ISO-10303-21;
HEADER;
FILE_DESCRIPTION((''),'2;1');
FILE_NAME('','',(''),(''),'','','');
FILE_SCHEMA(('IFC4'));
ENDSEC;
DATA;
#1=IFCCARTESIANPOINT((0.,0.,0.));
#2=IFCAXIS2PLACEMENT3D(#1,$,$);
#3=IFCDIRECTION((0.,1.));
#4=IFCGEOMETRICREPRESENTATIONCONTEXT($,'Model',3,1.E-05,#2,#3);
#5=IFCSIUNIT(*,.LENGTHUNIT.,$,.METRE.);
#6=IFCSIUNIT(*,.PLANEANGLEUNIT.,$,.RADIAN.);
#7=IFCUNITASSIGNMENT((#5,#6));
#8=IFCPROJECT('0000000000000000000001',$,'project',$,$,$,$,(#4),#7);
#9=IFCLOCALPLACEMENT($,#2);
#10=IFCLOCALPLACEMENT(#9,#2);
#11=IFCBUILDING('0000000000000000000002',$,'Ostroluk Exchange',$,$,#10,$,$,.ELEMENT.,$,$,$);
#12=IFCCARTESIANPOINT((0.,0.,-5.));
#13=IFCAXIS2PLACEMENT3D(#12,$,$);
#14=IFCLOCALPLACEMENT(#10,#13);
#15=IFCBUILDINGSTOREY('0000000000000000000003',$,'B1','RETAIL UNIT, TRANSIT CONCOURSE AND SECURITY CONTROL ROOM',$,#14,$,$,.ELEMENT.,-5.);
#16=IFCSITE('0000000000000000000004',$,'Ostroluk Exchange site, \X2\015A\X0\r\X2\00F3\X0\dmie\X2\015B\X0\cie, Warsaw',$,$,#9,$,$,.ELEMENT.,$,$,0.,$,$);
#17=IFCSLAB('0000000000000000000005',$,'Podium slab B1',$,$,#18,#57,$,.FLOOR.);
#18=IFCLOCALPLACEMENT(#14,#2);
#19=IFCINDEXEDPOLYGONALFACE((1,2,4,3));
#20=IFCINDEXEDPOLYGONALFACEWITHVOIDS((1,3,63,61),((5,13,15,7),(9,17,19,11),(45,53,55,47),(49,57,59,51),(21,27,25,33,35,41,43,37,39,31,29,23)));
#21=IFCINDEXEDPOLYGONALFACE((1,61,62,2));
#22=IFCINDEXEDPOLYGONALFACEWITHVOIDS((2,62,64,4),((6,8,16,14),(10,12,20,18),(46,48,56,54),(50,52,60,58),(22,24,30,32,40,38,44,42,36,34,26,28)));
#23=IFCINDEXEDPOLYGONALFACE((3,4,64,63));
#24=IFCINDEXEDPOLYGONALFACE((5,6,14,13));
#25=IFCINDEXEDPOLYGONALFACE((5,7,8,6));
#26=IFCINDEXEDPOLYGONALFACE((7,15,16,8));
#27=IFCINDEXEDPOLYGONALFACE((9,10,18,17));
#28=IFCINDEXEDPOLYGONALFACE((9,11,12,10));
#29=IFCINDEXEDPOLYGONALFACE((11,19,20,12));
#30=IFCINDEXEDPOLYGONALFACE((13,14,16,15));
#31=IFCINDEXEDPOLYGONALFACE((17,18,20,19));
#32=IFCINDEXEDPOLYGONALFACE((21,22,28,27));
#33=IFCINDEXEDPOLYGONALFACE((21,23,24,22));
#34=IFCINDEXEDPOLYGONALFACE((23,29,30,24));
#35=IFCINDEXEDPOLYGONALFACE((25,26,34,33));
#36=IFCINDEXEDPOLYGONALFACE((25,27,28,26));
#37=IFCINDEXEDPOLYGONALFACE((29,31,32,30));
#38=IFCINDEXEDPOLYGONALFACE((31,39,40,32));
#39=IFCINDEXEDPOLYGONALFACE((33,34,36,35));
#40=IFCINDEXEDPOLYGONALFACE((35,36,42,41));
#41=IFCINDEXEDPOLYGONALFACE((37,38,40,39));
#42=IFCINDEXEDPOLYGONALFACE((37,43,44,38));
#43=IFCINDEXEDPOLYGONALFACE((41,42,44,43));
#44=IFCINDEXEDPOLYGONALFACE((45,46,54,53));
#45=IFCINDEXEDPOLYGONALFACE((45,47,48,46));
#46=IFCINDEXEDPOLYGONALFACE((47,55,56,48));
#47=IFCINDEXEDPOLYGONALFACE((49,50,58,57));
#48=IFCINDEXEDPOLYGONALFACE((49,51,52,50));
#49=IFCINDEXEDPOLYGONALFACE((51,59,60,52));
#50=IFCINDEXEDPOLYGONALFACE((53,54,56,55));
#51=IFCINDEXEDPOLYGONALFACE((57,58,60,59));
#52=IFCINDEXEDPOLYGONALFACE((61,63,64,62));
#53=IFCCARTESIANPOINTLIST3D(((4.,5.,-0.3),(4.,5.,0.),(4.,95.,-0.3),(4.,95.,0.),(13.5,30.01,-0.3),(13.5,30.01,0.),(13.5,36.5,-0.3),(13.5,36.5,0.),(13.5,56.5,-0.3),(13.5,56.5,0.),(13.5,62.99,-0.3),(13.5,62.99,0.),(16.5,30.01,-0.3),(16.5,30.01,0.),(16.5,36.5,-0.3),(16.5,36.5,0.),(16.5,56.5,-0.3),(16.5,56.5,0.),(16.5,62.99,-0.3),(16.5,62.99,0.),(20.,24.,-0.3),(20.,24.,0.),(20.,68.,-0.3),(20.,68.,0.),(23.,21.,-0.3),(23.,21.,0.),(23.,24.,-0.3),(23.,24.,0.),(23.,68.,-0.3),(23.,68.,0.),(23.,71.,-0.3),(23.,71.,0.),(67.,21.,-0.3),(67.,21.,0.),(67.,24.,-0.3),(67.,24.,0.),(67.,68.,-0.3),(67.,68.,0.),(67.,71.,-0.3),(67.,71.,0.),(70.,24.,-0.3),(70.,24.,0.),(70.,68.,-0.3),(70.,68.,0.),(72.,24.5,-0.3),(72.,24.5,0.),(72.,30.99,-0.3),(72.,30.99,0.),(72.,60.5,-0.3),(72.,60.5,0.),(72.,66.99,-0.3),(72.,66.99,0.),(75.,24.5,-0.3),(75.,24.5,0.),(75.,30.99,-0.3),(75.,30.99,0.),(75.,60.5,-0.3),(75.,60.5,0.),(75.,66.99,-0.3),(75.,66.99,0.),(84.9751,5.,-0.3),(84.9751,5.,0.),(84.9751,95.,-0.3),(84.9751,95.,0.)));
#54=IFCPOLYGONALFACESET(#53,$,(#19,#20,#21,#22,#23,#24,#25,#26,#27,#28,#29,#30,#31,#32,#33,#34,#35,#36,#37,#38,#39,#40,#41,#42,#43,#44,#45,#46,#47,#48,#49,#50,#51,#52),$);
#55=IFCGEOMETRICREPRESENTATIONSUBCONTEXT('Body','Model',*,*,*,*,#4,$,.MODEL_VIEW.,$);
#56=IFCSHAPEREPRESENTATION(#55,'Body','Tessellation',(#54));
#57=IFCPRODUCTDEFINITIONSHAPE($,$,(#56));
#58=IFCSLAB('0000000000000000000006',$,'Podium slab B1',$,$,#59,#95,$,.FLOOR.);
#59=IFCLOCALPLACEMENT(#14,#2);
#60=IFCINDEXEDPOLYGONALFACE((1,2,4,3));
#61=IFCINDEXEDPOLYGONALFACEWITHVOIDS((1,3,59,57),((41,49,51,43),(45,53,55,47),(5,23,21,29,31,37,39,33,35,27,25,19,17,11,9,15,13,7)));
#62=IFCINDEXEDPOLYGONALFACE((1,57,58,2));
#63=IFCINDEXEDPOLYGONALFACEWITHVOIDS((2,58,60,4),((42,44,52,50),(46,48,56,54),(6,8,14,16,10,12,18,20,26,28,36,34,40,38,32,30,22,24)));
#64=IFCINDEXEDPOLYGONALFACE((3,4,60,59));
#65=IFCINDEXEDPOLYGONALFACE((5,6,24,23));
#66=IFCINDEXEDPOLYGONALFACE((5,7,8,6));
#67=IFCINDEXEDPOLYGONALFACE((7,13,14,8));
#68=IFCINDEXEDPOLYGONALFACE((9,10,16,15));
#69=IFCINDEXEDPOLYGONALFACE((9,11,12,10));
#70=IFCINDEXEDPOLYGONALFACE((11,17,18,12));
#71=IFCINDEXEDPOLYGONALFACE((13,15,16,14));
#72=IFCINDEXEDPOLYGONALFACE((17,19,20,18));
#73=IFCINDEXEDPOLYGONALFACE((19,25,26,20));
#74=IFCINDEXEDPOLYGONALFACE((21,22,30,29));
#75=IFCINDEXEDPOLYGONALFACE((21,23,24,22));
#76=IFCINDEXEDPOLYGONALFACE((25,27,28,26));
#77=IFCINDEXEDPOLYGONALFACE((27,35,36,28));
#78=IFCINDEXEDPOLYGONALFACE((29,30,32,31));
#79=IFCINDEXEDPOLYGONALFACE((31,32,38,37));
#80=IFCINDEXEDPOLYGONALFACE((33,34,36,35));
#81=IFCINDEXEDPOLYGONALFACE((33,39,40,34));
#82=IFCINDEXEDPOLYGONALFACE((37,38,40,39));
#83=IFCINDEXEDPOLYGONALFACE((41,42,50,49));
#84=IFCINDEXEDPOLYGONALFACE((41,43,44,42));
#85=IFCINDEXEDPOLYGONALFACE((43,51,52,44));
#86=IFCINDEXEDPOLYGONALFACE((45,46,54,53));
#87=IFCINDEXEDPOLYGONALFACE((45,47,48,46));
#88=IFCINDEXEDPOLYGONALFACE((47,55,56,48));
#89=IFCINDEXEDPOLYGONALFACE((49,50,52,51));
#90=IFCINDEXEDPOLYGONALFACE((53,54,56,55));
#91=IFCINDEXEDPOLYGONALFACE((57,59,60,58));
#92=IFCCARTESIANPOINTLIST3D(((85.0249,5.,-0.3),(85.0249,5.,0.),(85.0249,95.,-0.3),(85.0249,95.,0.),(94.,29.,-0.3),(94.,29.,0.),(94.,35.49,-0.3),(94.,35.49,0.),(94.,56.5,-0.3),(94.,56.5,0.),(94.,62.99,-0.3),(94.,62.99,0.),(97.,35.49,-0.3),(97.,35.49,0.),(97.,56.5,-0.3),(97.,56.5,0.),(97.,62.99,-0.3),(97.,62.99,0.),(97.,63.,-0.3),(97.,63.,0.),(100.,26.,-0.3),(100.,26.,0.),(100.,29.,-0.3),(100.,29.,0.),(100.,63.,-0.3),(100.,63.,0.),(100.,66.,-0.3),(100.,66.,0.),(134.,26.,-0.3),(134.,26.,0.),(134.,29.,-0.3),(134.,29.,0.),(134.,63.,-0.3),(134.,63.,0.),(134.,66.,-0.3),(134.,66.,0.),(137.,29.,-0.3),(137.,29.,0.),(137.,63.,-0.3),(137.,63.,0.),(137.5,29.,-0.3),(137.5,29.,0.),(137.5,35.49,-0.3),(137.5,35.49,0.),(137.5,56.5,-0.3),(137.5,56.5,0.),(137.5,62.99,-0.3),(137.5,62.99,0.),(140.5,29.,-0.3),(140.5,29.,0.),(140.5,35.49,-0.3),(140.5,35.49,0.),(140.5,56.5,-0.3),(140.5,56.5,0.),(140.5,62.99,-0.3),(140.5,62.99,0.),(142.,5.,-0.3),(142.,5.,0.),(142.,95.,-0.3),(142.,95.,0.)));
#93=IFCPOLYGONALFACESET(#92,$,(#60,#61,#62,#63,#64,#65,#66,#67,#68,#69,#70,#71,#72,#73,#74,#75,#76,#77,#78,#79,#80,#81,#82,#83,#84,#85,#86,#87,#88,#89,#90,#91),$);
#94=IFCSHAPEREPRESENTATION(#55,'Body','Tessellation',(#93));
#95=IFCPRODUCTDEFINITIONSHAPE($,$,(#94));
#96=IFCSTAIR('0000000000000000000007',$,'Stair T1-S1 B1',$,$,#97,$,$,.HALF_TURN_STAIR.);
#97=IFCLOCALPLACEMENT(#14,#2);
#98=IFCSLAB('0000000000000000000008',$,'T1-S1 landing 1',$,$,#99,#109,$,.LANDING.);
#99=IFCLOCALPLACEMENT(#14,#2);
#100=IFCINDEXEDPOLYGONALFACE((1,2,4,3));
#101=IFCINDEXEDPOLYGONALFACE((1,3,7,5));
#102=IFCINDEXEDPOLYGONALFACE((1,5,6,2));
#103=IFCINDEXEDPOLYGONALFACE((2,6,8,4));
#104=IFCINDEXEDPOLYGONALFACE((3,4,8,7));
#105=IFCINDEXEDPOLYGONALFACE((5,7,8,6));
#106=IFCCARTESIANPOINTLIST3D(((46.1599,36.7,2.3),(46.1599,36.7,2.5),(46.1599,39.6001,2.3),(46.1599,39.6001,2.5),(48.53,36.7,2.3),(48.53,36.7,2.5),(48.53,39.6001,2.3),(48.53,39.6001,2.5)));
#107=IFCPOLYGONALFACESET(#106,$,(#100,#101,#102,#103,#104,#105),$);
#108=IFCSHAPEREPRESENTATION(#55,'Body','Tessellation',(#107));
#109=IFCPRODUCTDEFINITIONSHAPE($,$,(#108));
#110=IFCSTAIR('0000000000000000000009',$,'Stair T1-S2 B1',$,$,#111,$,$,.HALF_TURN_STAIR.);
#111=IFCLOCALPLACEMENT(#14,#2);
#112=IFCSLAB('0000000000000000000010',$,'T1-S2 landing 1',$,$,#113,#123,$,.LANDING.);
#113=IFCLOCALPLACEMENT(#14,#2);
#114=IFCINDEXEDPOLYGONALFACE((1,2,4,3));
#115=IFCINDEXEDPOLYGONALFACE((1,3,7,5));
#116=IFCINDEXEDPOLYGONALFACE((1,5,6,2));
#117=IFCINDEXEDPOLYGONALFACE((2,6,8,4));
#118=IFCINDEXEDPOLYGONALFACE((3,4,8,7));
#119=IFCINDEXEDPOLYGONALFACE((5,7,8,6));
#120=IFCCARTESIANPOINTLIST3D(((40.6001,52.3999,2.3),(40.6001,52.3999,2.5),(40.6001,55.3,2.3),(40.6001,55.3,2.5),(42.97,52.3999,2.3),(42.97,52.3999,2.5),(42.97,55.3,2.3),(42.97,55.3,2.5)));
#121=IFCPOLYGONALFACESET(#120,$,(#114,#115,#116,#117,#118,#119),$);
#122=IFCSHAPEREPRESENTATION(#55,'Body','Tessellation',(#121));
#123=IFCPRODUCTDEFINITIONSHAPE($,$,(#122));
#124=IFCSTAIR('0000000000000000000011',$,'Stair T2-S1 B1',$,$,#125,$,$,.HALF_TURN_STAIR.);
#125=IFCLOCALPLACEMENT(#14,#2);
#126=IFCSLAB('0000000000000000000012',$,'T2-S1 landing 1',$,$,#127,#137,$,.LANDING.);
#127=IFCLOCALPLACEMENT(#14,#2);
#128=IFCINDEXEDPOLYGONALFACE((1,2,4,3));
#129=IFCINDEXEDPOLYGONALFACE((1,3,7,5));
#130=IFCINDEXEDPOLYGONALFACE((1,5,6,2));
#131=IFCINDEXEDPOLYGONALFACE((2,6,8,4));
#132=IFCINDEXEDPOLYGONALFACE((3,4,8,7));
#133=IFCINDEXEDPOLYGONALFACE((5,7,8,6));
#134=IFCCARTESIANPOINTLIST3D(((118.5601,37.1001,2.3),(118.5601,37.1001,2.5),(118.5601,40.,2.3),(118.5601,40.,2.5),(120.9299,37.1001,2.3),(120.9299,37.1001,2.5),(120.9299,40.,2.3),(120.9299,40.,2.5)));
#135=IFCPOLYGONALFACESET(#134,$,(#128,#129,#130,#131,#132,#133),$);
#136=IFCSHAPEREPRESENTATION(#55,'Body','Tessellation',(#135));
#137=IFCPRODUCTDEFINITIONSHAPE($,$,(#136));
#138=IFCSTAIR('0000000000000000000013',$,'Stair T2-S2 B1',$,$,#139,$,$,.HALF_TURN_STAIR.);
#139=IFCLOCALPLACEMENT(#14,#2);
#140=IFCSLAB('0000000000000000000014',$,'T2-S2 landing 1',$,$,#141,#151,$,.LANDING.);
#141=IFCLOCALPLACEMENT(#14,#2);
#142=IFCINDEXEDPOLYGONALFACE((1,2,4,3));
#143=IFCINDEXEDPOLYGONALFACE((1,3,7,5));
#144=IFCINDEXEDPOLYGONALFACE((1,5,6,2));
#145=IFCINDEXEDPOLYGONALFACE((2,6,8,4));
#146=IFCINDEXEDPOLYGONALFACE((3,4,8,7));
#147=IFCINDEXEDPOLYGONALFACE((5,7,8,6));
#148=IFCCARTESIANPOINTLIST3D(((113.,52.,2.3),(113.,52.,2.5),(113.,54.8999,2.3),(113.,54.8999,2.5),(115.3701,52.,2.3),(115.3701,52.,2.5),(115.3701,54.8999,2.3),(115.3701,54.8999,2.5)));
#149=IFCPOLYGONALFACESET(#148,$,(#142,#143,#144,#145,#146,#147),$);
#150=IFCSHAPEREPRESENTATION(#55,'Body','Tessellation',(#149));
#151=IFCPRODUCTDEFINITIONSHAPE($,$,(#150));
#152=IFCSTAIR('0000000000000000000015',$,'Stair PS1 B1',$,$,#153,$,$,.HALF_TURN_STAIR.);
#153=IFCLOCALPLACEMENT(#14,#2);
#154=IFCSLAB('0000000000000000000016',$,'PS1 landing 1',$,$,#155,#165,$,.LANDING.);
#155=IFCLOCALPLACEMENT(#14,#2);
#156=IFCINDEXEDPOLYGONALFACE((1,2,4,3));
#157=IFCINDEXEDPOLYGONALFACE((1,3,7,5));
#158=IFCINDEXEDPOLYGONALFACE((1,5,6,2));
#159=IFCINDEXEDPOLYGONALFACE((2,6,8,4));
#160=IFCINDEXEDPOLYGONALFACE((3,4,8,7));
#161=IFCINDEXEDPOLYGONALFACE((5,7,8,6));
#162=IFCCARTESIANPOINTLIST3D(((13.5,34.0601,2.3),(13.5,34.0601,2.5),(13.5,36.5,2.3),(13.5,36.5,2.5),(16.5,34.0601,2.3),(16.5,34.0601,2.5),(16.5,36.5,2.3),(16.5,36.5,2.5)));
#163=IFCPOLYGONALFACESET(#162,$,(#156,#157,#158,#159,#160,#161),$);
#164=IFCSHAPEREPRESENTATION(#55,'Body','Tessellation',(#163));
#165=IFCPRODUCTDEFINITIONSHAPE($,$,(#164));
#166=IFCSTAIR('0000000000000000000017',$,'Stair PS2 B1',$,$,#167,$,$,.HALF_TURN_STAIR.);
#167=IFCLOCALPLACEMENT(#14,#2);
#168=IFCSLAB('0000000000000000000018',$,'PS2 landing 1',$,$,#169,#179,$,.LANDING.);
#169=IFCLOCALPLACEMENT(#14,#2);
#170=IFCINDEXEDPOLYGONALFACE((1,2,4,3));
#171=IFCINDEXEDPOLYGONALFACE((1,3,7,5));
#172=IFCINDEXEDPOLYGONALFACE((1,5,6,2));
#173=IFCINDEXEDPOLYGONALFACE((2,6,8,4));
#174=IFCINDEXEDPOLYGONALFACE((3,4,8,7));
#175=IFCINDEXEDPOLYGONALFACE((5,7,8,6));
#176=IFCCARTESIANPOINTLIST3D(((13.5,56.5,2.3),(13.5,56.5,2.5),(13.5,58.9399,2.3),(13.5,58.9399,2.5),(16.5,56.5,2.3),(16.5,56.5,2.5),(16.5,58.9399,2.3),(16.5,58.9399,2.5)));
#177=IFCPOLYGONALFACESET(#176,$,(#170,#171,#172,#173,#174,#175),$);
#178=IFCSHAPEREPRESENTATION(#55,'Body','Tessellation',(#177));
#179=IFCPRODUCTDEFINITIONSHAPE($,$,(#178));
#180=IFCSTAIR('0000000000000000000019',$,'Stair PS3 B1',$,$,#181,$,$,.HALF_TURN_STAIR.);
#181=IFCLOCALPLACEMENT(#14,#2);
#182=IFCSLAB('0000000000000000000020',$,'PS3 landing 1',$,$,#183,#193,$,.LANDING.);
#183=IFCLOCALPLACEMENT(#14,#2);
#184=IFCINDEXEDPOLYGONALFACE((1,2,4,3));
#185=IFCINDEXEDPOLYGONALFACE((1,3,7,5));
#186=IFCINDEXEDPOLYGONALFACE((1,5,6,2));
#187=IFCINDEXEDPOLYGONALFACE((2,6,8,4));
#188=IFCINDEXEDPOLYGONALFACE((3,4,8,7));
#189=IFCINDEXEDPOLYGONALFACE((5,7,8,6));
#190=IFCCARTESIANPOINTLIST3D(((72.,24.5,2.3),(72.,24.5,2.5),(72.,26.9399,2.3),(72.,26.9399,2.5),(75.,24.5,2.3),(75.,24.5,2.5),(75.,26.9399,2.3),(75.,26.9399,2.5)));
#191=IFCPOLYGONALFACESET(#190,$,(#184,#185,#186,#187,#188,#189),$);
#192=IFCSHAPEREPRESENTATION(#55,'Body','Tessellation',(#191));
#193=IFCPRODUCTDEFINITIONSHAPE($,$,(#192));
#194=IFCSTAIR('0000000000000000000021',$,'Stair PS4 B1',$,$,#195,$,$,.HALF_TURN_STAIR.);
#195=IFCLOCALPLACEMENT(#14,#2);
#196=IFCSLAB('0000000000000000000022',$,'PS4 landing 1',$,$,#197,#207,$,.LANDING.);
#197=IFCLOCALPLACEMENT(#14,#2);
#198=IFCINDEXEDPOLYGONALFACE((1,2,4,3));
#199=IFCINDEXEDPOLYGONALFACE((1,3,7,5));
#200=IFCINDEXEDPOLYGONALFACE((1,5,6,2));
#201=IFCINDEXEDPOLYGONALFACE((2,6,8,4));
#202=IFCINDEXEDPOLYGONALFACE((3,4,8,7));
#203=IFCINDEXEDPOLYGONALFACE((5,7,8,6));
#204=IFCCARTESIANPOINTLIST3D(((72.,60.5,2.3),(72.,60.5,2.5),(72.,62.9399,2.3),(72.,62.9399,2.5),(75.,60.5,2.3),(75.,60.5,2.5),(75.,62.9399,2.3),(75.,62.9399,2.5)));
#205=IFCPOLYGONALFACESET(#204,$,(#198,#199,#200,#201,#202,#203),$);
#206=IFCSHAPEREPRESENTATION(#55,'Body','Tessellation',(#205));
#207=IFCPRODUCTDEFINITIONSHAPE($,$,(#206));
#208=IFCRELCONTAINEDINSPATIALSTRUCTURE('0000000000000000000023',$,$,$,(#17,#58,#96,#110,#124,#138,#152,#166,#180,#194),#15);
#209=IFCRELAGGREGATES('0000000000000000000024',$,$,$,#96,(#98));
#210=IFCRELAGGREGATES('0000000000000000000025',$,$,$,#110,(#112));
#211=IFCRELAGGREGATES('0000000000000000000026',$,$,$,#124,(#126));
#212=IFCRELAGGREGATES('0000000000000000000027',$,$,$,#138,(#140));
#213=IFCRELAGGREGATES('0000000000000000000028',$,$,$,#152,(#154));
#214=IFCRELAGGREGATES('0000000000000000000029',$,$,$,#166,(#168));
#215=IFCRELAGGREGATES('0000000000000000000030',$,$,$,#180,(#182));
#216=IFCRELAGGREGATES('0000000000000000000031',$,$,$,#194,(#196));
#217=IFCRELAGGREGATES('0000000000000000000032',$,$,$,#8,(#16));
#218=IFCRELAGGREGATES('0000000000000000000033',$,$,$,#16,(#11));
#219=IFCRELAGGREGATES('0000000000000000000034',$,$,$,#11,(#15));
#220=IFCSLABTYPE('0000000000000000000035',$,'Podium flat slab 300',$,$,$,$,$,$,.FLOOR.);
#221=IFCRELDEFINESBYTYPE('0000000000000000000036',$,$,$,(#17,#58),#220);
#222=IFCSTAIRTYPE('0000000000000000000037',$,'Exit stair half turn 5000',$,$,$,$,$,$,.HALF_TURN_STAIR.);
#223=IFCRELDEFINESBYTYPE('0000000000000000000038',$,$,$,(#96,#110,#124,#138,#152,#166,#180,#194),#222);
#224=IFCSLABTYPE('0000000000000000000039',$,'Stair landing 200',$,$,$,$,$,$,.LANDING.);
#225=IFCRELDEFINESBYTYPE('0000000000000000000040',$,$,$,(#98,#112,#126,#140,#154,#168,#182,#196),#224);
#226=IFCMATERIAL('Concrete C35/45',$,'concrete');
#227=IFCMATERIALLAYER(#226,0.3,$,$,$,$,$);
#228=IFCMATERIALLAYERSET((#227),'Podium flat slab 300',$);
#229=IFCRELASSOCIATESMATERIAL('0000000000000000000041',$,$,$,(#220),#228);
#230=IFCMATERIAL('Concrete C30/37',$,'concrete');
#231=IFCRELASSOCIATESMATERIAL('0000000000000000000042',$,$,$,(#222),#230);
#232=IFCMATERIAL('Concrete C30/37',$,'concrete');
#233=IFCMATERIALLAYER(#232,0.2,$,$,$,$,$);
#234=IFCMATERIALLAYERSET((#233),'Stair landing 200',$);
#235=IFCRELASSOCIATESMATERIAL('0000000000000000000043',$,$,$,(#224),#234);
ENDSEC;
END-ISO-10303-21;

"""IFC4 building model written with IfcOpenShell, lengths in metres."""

from ifc_helpers import new_model, si_unit, direction, frame, origin, place, context, subcontext, project, spatial, polyline, outline, extrude, material, layer, layer_set, type_object, element, aggregate, save


model = new_model("IFC4")

# Units and contexts
model_context = context("Model", 3, precision=1e-05, world=origin(), true_north=direction((0.0, 1.0)))
body_context = subcontext(model_context, "Body", "Model", "MODEL_VIEW")
ifc_project = project(units=[si_unit("LENGTHUNIT", "METRE"), si_unit("PLANEANGLEUNIT", "RADIAN")], contexts=[model_context])

# Site, building, storey
site_placement = place(None, origin())
site = spatial("IfcSite", under=ifc_project, at=site_placement, Name="Ostroluk Exchange site, Śródmieście, Warsaw", CompositionType="ELEMENT", RefElevation=0.0)
building_placement = place(site_placement, origin())
building = spatial("IfcBuilding", under=site, at=building_placement, Name="Ostroluk Exchange", CompositionType="ELEMENT")
storey_placement = place(building_placement, frame((0.0, 0.0, -5.0)))
storey = spatial("IfcBuildingStorey", under=building, at=storey_placement, Name="B1", Description="RETAIL UNIT, TRANSIT CONCOURSE AND SECURITY CONTROL ROOM", CompositionType="ELEMENT", Elevation=-5.0)

# Slabs
ifc_material_1 = material(Name="Concrete C35/45", Category="concrete")
ifc_layer_1 = layer(ifc_material_1, 0.3)
ifc_layer_set_1 = layer_set([ifc_layer_1], Name="Podium flat slab 300")
slab_type_1 = type_object("IfcSlabType", Name="Podium flat slab 300", PredefinedType="FLOOR", material=ifc_layer_set_1)
slab_1_placement = place(storey_placement, frame((0.0, 0.0, -0.3)))
element("IfcSlab", 1, at=slab_1_placement, inside=storey, type_object=slab_type_1, Name="Podium slab B1", PredefinedType="FLOOR", context=body_context, shape_type="SweptSolid", body=[
    extrude(outline(polyline([(84.9751, 95.0), (84.9751, 5.0), (4.0, 5.0), (4.0, 95.0), (84.9751, 95.0)]), holes=[polyline([(23.0, 24.0), (23.0, 21.0), (67.0, 21.0), (67.0, 24.0), (70.0, 24.0), (70.0, 68.0), (67.0, 68.0), (67.0, 71.0), (23.0, 71.0), (23.0, 68.0), (20.0, 68.0), (20.0, 24.0), (23.0, 24.0)]), polyline([(16.5, 36.5), (13.5, 36.5), (13.5, 30.01), (16.5, 30.01), (16.5, 36.5)]), polyline([(16.5, 56.5), (16.5, 62.99), (13.5, 62.99), (13.5, 56.5), (16.5, 56.5)]), polyline([(72.0, 24.5), (75.0, 24.5), (75.0, 30.99), (72.0, 30.99), (72.0, 24.5)]), polyline([(72.0, 66.99), (72.0, 60.5), (75.0, 60.5), (75.0, 66.99), (72.0, 66.99)])]), origin(), (0.0, 0.0, 1.0), 0.3),
])
slab_2_placement = place(storey_placement, frame((0.0, 0.0, -0.3)))
element("IfcSlab", 2, at=slab_2_placement, inside=storey, type_object=slab_type_1, Name="Podium slab B1", PredefinedType="FLOOR", context=body_context, shape_type="SweptSolid", body=[
    extrude(outline(polyline([(142.0, 95.0), (142.0, 5.0), (85.0249, 5.0), (85.0249, 95.0), (142.0, 95.0)]), holes=[polyline([(97.0, 62.99), (94.0, 62.99), (94.0, 56.5), (97.0, 56.5), (97.0, 35.49), (94.0, 35.49), (94.0, 29.0), (100.0, 29.0), (100.0, 26.0), (134.0, 26.0), (134.0, 29.0), (137.0, 29.0), (137.0, 63.0), (134.0, 63.0), (134.0, 66.0), (100.0, 66.0), (100.0, 63.0), (97.0, 63.0), (97.0, 62.99)]), polyline([(137.5, 29.0), (140.5, 29.0), (140.5, 35.49), (137.5, 35.49), (137.5, 29.0)]), polyline([(137.5, 62.99), (137.5, 56.5), (140.5, 56.5), (140.5, 62.99), (137.5, 62.99)])]), origin(), (0.0, 0.0, 1.0), 0.3),
])

# Stairs, slabs
ifc_material_2 = material(Name="Concrete C30/37", Category="concrete")
stair_type = type_object("IfcStairType", Name="Exit stair half turn 5000", PredefinedType="HALF_TURN_STAIR", material=ifc_material_2)
stair_1_placement = place(storey_placement, origin())
stair_1 = element("IfcStair", 3, at=stair_1_placement, inside=storey, type_object=stair_type, Name="Stair T1-S1 B1", PredefinedType="HALF_TURN_STAIR")
ifc_material_3 = material(Name="Concrete C30/37", Category="concrete")
ifc_layer_2 = layer(ifc_material_3, 0.2)
ifc_layer_set_2 = layer_set([ifc_layer_2], Name="Stair landing 200")
slab_type_2 = type_object("IfcSlabType", Name="Stair landing 200", PredefinedType="LANDING", material=ifc_layer_set_2)
slab_3_placement = place(storey_placement, frame((0.0, 0.0, 2.3)))
slab_3 = element("IfcSlab", 4, at=slab_3_placement, type_object=slab_type_2, Name="T1-S1 landing 1", PredefinedType="LANDING", context=body_context, shape_type="SweptSolid", body=[
    extrude(outline(polyline([(46.1599, 36.7), (46.1599, 39.6001), (48.53, 39.6001), (48.53, 36.7), (46.1599, 36.7)])), origin(), (0.0, 0.0, 1.0), 0.2),
])
aggregate(stair_1, [slab_3])
stair_2_placement = place(storey_placement, origin())
stair_2 = element("IfcStair", 5, at=stair_2_placement, inside=storey, type_object=stair_type, Name="Stair T1-S2 B1", PredefinedType="HALF_TURN_STAIR")
slab_4_placement = place(storey_placement, frame((0.0, 0.0, 2.3)))
slab_4 = element("IfcSlab", 6, at=slab_4_placement, type_object=slab_type_2, Name="T1-S2 landing 1", PredefinedType="LANDING", context=body_context, shape_type="SweptSolid", body=[
    extrude(outline(polyline([(42.97, 52.3999), (42.97, 55.3), (40.6001, 55.3), (40.6001, 52.3999), (42.97, 52.3999)])), origin(), (0.0, 0.0, 1.0), 0.2),
])
aggregate(stair_2, [slab_4])
stair_3_placement = place(storey_placement, origin())
stair_3 = element("IfcStair", 7, at=stair_3_placement, inside=storey, type_object=stair_type, Name="Stair T2-S1 B1", PredefinedType="HALF_TURN_STAIR")
slab_5_placement = place(storey_placement, frame((0.0, 0.0, 2.3)))
slab_5 = element("IfcSlab", 8, at=slab_5_placement, type_object=slab_type_2, Name="T2-S1 landing 1", PredefinedType="LANDING", context=body_context, shape_type="SweptSolid", body=[
    extrude(outline(polyline([(118.5601, 37.1001), (118.5601, 40.0), (120.9299, 40.0), (120.9299, 37.1001), (118.5601, 37.1001)])), origin(), (0.0, 0.0, 1.0), 0.2),
])
aggregate(stair_3, [slab_5])
stair_4_placement = place(storey_placement, origin())
stair_4 = element("IfcStair", 9, at=stair_4_placement, inside=storey, type_object=stair_type, Name="Stair T2-S2 B1", PredefinedType="HALF_TURN_STAIR")
slab_6_placement = place(storey_placement, frame((0.0, 0.0, 2.3)))
slab_6 = element("IfcSlab", 10, at=slab_6_placement, type_object=slab_type_2, Name="T2-S2 landing 1", PredefinedType="LANDING", context=body_context, shape_type="SweptSolid", body=[
    extrude(outline(polyline([(115.3701, 52.0), (115.3701, 54.8999), (113.0, 54.8999), (113.0, 52.0), (115.3701, 52.0)])), origin(), (0.0, 0.0, 1.0), 0.2),
])
aggregate(stair_4, [slab_6])
stair_5_placement = place(storey_placement, origin())
stair_5 = element("IfcStair", 11, at=stair_5_placement, inside=storey, type_object=stair_type, Name="Stair PS1 B1", PredefinedType="HALF_TURN_STAIR")
slab_7_placement = place(storey_placement, frame((0.0, 0.0, 2.3)))
slab_7 = element("IfcSlab", 12, at=slab_7_placement, type_object=slab_type_2, Name="PS1 landing 1", PredefinedType="LANDING", context=body_context, shape_type="SweptSolid", body=[
    extrude(outline(polyline([(13.5, 34.0601), (16.5, 34.0601), (16.5, 36.5), (13.5, 36.5), (13.5, 34.0601)])), origin(), (0.0, 0.0, 1.0), 0.2),
])
aggregate(stair_5, [slab_7])
stair_6_placement = place(storey_placement, origin())
stair_6 = element("IfcStair", 13, at=stair_6_placement, inside=storey, type_object=stair_type, Name="Stair PS2 B1", PredefinedType="HALF_TURN_STAIR")
slab_8_placement = place(storey_placement, frame((0.0, 0.0, 2.3)))
slab_8 = element("IfcSlab", 14, at=slab_8_placement, type_object=slab_type_2, Name="PS2 landing 1", PredefinedType="LANDING", context=body_context, shape_type="SweptSolid", body=[
    extrude(outline(polyline([(13.5, 58.9399), (16.5, 58.9399), (16.5, 56.5), (13.5, 56.5), (13.5, 58.9399)])), origin(), (0.0, 0.0, 1.0), 0.2),
])
aggregate(stair_6, [slab_8])
stair_7_placement = place(storey_placement, origin())
stair_7 = element("IfcStair", 15, at=stair_7_placement, inside=storey, type_object=stair_type, Name="Stair PS3 B1", PredefinedType="HALF_TURN_STAIR")
slab_9_placement = place(storey_placement, frame((0.0, 0.0, 2.3)))
slab_9 = element("IfcSlab", 16, at=slab_9_placement, type_object=slab_type_2, Name="PS3 landing 1", PredefinedType="LANDING", context=body_context, shape_type="SweptSolid", body=[
    extrude(outline(polyline([(72.0, 26.9399), (75.0, 26.9399), (75.0, 24.5), (72.0, 24.5), (72.0, 26.9399)])), origin(), (0.0, 0.0, 1.0), 0.2),
])
aggregate(stair_7, [slab_9])
stair_8_placement = place(storey_placement, origin())
stair_8 = element("IfcStair", 17, at=stair_8_placement, inside=storey, type_object=stair_type, Name="Stair PS4 B1", PredefinedType="HALF_TURN_STAIR")
slab_10_placement = place(storey_placement, frame((0.0, 0.0, 2.3)))
slab_10 = element("IfcSlab", 18, at=slab_10_placement, type_object=slab_type_2, Name="PS4 landing 1", PredefinedType="LANDING", context=body_context, shape_type="SweptSolid", body=[
    extrude(outline(polyline([(72.0, 62.9399), (75.0, 62.9399), (75.0, 60.5), (72.0, 60.5), (72.0, 62.9399)])), origin(), (0.0, 0.0, 1.0), 0.2),
])
aggregate(stair_8, [slab_10])

save(model, "model.ifc")
